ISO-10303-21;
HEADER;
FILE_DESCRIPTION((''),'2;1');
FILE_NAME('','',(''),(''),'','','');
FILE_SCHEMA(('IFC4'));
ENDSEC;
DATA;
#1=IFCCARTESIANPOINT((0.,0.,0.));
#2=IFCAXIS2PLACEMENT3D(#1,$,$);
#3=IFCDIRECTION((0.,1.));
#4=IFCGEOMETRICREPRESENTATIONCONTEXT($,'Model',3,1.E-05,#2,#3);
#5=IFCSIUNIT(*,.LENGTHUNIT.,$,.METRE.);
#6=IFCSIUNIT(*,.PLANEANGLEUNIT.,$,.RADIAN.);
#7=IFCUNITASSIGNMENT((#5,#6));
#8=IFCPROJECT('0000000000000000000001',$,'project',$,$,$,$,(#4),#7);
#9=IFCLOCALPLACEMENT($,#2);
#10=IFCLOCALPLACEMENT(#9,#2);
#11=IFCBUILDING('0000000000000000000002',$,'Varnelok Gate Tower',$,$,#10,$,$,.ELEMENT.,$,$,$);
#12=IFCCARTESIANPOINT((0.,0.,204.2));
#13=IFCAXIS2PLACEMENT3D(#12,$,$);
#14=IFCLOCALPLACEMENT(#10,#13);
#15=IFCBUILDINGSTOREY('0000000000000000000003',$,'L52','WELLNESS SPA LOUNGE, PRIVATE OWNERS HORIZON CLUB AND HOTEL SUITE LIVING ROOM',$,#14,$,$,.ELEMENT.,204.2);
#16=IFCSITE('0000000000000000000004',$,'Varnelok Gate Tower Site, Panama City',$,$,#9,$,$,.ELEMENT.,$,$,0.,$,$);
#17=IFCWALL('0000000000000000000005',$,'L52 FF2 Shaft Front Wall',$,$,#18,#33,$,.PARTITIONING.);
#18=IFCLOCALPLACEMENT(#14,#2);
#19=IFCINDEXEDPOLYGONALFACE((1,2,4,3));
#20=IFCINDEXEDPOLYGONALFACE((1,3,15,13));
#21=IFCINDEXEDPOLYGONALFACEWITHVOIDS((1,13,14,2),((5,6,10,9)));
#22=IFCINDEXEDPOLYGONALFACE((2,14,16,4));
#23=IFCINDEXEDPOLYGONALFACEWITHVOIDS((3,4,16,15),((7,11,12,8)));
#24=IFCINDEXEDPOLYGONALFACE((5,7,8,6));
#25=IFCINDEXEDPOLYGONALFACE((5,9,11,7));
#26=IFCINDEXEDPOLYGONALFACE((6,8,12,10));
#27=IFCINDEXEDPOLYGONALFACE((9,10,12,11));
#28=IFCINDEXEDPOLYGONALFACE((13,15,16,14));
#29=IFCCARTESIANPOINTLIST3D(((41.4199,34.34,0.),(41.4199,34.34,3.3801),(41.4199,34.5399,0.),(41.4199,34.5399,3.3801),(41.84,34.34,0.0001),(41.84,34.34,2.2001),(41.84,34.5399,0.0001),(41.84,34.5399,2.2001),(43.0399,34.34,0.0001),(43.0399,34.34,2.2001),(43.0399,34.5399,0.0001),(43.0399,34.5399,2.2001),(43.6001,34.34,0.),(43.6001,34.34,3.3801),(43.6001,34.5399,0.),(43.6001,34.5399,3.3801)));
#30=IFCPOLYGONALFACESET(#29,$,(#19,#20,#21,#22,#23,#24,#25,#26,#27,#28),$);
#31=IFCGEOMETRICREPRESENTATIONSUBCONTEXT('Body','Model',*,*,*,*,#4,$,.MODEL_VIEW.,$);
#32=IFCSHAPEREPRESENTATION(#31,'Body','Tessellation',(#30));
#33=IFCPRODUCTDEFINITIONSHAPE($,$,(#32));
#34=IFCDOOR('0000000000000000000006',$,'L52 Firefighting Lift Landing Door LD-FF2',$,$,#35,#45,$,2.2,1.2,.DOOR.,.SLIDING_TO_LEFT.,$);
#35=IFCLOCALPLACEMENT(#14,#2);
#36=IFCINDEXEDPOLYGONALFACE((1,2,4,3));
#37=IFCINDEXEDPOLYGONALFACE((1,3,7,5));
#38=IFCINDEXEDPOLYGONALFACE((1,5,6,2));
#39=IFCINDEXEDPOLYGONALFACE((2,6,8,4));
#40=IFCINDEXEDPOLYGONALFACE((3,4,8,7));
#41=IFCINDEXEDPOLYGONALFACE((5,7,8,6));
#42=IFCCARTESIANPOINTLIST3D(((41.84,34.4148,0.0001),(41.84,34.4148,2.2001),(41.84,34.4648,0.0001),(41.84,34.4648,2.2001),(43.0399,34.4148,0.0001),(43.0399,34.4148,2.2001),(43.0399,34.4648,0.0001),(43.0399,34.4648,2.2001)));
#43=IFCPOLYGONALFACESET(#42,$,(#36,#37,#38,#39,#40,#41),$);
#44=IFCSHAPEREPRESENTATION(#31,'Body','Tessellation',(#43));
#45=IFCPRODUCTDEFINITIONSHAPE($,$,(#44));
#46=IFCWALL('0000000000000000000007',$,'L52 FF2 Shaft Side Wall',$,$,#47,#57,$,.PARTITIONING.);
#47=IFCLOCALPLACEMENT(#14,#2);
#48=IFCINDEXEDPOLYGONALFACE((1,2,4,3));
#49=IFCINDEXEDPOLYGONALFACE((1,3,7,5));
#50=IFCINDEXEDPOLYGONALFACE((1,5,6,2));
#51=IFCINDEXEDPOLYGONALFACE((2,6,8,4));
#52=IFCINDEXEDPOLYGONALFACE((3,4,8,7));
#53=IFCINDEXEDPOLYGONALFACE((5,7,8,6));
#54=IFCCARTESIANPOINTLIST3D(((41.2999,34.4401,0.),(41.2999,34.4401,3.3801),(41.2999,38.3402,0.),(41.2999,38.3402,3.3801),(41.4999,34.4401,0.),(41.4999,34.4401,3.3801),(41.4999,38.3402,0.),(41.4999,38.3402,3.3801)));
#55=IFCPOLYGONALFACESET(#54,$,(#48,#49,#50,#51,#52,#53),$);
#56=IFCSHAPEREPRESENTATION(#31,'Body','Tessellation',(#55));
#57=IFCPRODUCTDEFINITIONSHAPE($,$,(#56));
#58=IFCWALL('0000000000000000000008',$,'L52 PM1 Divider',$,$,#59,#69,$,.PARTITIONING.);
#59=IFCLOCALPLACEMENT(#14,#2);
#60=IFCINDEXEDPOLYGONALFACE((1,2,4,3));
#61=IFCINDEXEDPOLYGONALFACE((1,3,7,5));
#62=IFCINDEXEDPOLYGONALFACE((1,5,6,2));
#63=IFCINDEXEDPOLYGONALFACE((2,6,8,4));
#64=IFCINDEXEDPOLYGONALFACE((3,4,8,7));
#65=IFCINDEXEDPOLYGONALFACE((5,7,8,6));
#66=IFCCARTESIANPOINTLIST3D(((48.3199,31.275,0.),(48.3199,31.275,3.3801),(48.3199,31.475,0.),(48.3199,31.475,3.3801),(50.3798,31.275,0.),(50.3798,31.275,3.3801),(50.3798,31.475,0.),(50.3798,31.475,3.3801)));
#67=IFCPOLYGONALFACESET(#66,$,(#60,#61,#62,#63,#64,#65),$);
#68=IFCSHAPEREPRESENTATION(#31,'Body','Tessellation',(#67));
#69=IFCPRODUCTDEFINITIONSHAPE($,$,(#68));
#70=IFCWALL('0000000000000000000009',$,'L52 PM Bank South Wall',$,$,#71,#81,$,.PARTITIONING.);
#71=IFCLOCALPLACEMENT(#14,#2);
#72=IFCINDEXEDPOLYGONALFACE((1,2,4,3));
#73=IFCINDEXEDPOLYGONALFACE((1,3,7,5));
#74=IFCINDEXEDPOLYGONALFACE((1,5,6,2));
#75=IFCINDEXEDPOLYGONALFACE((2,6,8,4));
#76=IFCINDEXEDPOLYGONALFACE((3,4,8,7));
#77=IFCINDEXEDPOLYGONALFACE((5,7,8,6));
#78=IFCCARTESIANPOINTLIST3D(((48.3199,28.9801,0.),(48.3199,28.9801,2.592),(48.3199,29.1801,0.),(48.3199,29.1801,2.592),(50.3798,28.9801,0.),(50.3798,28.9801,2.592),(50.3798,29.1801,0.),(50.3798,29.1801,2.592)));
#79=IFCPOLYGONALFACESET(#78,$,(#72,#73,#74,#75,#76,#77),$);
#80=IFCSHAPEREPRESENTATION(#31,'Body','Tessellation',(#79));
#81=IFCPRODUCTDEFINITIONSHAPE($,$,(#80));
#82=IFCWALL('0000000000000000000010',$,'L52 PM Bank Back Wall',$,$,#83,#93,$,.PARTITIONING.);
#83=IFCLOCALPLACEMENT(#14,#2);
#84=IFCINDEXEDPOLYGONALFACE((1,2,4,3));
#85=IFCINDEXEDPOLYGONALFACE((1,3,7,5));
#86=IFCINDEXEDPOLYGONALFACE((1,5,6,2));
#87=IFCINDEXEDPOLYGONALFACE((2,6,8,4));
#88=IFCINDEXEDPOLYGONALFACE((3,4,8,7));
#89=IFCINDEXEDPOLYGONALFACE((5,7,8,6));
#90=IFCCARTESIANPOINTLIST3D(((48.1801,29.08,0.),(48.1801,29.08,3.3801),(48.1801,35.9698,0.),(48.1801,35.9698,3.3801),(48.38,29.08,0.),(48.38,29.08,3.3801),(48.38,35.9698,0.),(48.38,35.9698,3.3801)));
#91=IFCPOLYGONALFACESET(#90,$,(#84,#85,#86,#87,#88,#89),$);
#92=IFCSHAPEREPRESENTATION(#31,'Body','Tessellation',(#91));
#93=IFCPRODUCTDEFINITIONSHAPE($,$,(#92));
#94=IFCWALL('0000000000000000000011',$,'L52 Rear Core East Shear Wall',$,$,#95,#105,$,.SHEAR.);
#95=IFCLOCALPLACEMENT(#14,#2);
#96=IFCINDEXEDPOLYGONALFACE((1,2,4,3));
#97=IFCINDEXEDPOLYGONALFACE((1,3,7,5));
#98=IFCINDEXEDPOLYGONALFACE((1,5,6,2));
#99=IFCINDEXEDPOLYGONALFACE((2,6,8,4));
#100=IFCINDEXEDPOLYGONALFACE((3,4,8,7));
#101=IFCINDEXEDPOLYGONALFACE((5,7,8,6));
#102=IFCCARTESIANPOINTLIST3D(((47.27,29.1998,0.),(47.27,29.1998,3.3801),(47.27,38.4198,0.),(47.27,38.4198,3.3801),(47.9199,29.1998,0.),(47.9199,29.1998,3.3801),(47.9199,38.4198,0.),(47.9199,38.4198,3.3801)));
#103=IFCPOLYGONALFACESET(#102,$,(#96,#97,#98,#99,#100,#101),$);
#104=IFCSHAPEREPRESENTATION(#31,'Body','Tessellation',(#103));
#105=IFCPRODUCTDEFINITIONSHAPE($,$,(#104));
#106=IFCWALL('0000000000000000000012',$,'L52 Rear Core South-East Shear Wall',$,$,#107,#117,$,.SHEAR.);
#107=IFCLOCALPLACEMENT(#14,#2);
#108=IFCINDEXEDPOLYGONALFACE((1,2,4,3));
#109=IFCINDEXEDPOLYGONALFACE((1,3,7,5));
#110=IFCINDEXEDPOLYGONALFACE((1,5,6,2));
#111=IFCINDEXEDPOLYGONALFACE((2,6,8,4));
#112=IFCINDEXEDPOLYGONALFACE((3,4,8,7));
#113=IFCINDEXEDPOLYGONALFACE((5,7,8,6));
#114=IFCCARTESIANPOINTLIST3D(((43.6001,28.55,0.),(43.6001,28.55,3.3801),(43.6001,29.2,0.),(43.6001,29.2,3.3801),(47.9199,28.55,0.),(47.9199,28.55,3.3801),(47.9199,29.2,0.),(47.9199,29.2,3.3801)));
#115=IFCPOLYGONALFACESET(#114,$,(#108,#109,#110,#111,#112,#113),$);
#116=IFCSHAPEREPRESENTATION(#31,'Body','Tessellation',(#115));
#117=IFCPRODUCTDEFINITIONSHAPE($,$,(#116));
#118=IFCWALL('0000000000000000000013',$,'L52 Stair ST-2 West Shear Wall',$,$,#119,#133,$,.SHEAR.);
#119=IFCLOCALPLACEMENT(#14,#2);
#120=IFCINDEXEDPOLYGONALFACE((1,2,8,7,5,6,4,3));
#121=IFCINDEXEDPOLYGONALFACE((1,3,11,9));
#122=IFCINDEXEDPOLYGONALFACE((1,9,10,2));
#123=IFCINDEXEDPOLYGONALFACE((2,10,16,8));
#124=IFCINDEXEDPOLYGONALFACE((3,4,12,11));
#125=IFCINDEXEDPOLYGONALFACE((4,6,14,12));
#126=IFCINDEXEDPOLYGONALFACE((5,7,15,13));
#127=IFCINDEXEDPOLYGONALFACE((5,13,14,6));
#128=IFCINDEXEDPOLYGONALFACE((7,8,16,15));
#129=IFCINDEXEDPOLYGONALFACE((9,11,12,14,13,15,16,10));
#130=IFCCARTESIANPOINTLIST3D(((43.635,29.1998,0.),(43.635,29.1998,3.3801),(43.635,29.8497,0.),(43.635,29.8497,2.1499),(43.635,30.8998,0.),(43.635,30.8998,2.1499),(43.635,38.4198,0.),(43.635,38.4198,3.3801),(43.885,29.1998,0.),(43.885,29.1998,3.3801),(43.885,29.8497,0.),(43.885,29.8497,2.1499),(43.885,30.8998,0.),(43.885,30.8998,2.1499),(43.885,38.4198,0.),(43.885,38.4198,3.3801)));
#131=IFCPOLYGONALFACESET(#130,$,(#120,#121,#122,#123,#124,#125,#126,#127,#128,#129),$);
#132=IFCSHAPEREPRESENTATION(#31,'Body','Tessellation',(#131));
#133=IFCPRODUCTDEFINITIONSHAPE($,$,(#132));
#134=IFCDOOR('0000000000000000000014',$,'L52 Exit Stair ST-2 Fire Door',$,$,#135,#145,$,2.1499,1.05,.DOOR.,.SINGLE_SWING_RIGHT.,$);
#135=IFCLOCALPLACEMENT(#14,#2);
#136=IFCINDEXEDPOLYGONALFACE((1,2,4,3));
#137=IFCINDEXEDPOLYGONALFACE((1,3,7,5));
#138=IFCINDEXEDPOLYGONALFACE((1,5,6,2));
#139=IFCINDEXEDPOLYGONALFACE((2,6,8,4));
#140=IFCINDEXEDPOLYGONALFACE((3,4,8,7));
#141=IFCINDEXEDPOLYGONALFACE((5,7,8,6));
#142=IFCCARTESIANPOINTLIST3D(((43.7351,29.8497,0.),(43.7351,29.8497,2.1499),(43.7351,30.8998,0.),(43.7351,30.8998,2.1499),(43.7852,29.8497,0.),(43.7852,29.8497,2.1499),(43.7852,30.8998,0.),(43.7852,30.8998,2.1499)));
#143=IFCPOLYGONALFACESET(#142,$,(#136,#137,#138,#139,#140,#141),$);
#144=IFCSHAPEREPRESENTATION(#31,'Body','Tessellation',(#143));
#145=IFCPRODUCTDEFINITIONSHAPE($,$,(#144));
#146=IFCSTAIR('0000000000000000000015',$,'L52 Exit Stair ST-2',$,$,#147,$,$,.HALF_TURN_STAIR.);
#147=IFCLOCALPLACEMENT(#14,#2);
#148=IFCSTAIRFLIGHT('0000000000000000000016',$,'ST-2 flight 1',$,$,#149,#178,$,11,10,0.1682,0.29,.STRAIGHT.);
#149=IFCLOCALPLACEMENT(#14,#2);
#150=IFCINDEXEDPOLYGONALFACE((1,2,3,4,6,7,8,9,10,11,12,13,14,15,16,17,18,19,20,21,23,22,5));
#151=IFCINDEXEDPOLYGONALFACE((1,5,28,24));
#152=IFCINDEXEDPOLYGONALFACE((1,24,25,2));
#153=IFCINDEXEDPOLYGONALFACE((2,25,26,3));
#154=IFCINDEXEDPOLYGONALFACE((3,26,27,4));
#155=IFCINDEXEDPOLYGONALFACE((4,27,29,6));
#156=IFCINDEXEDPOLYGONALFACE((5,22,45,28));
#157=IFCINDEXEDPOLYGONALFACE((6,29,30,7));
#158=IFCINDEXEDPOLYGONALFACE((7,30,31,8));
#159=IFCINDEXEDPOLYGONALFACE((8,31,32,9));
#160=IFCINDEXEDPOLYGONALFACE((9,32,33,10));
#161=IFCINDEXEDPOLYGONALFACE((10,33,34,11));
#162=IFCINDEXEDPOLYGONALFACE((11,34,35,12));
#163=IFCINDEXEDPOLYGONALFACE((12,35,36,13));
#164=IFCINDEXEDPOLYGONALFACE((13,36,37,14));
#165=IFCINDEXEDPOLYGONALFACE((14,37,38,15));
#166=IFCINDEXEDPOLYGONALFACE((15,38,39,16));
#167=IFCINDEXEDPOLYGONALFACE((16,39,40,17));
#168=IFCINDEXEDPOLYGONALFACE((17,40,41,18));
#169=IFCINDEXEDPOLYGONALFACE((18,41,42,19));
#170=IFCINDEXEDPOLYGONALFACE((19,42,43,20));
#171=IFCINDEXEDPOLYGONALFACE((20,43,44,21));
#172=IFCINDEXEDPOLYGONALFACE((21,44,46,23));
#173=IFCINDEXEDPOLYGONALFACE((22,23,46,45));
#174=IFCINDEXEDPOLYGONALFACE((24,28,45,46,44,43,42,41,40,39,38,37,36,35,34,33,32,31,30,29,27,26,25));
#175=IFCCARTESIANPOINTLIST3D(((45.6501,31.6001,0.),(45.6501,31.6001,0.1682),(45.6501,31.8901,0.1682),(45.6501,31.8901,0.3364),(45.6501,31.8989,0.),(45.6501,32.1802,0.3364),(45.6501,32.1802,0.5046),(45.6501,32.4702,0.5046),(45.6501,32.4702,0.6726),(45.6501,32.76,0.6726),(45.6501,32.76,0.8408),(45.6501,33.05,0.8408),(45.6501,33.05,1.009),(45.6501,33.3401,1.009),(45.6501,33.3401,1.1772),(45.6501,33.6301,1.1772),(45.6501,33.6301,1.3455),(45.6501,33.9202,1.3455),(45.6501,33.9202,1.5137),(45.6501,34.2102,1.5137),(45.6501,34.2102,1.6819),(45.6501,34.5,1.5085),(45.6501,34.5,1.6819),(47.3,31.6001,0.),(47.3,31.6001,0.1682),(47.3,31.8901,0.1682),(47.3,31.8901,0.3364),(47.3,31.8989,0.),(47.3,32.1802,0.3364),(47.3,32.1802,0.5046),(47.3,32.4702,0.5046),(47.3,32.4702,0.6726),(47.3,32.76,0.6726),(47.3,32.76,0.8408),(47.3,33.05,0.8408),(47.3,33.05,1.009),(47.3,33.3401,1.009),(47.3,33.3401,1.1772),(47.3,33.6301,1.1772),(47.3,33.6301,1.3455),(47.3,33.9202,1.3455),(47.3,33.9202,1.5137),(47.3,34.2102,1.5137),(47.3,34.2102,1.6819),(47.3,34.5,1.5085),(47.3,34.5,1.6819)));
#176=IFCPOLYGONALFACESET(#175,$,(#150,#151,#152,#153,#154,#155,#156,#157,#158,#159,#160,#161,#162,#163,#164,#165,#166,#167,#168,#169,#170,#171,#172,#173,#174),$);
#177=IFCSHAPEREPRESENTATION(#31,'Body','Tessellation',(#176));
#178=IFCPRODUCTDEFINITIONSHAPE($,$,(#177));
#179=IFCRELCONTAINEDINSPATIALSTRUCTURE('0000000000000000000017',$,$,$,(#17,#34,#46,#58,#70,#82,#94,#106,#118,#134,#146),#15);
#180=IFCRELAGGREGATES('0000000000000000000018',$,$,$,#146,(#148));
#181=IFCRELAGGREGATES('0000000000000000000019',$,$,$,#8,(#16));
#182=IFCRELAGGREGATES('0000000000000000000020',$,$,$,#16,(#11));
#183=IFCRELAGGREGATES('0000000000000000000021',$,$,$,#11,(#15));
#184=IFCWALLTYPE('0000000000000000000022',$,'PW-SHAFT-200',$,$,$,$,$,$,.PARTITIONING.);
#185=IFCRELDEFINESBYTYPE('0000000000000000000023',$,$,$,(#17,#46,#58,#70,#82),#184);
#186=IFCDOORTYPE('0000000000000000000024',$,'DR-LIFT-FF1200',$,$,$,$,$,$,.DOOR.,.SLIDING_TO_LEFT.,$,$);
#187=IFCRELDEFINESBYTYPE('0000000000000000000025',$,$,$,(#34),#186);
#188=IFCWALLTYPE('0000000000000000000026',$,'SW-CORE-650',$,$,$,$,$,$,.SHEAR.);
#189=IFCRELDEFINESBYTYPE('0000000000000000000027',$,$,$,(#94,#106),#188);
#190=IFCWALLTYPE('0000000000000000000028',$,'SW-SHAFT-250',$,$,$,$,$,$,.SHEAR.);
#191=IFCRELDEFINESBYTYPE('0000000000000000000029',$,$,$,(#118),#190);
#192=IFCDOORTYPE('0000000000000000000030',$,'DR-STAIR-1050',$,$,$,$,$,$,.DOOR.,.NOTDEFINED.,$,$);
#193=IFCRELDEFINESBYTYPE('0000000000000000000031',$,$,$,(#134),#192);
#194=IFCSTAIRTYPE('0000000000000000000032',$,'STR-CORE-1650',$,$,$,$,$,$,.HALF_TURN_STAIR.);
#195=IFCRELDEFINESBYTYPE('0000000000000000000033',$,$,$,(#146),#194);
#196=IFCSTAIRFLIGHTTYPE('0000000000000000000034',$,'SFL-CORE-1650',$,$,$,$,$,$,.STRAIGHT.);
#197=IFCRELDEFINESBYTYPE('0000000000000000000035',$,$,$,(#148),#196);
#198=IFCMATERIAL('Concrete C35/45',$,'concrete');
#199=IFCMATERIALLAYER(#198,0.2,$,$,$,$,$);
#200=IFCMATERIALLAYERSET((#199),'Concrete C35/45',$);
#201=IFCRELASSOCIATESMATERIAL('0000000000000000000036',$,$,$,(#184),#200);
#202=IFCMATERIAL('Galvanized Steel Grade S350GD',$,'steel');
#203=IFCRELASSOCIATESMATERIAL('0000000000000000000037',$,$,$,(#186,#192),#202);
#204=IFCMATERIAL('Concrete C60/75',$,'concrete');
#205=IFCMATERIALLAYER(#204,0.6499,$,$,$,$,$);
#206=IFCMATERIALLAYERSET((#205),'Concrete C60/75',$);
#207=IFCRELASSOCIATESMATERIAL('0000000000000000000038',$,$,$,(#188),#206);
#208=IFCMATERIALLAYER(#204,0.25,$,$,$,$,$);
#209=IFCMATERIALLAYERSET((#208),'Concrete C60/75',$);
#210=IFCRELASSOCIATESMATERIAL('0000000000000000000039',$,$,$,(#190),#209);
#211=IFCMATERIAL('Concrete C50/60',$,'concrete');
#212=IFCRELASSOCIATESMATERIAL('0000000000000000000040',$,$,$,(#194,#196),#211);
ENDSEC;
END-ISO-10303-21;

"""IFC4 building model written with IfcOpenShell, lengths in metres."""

from ifc_helpers import new_model, si_unit, direction, frame, frame_2d, origin, place, context, subcontext, project, spatial, polyline, rectangle, outline, extrude, material, layer, layer_set, type_object, element, fill, aggregate, save


model = new_model("IFC4")

# Units and contexts
model_context = context("Model", 3, precision=1e-05, world=origin(), true_north=direction((0.0, 1.0)))
body_context = subcontext(model_context, "Body", "Model", "MODEL_VIEW")
ifc_project = project(units=[si_unit("LENGTHUNIT", "METRE"), si_unit("PLANEANGLEUNIT", "RADIAN")], contexts=[model_context])

# Site, building, storey
site_placement = place(None, origin())
site = spatial("IfcSite", under=ifc_project, at=site_placement, Name="Varnelok Gate Tower Site, Panama City", CompositionType="ELEMENT", RefElevation=0.0)
building_placement = place(site_placement, origin())
building = spatial("IfcBuilding", under=site, at=building_placement, Name="Varnelok Gate Tower", CompositionType="ELEMENT")
storey_placement = place(building_placement, frame((0.0, 0.0, 204.2)))
storey = spatial("IfcBuildingStorey", under=building, at=storey_placement, Name="L52", Description="WELLNESS SPA LOUNGE, PRIVATE OWNERS HORIZON CLUB AND HOTEL SUITE LIVING ROOM", CompositionType="ELEMENT", Elevation=204.2)

# Shared definitions
ifc_material_1 = material(Name="Concrete C60/75", Category="concrete")

# Shared definitions
ifc_material_2 = material(Name="Galvanized Steel Grade S350GD", Category="steel")

# Shared definitions
ifc_material_3 = material(Name="Concrete C35/45", Category="concrete")
ifc_layer_1 = layer(ifc_material_3, 0.2)
ifc_layer_set_1 = layer_set([ifc_layer_1], Name="Concrete C35/45")
wall_type_1 = type_object("IfcWallType", Name="PW-SHAFT-200", PredefinedType="PARTITIONING", material=ifc_layer_set_1)

# Wall, opening, door
wall_1_placement = place(storey_placement, frame((41.4199, 34.4399, 0.0), z_axis=(0.0, 0.0, 1.0), x_axis=(1.0, 0.0, 0.0)))
wall_1 = element("IfcWall", 1, at=wall_1_placement, inside=storey, type_object=wall_type_1, Name="L52 FF2 Shaft Front Wall", PredefinedType="PARTITIONING", context=body_context, shape_type="SweptSolid", body=[
    extrude(rectangle(XDim=2.1802, YDim=0.2, at=frame_2d((1.0901, 0.0))), origin(), (0.0, 0.0, 1.0), 3.3801),
])
opening_1_placement = place(wall_1_placement, frame((0.4199, 0.0, 0.0)))
opening_1 = element("IfcOpeningElement", 2, at=opening_1_placement, cuts=wall_1, PredefinedType="OPENING", context=body_context, shape_type="SweptSolid", body=[
    extrude(rectangle(XDim=1.2, YDim=2.2, at=frame_2d((0.6001, 1.1001))), frame((0.0, 0.1099, 0.0), z_axis=(0.0, -1.0, 0.0), x_axis=(1.0, 0.0, 0.0)), (0.0, 0.0, 1.0), 0.22),
])
door_type_1 = type_object("IfcDoorType", Name="DR-LIFT-FF1200", OperationType="SLIDING_TO_LEFT", PredefinedType="DOOR", material=ifc_material_2)
door_1_placement = place(opening_1_placement, origin())
door_1 = element("IfcDoor", 3, at=door_1_placement, inside=storey, type_object=door_type_1, Name="L52 Firefighting Lift Landing Door LD-FF2", OperationType="SLIDING_TO_LEFT", OverallHeight=2.2, OverallWidth=1.2, PredefinedType="DOOR", context=body_context, shape_type="SweptSolid", body=[
    extrude(rectangle(XDim=1.2, YDim=2.2, at=frame_2d((0.6001, 1.1001))), frame((0.0, 0.0249, 0.0), z_axis=(0.0, -1.0, 0.0), x_axis=(1.0, 0.0, 0.0)), (0.0, 0.0, 1.0), 0.05),
])
fill(opening_1, door_1)

# Walls
wall_2_placement = place(storey_placement, frame((41.3999, 34.4399, 0.0), z_axis=(0.0, 0.0, 1.0), x_axis=(0.0, 1.0, 0.0)))
element("IfcWall", 4, at=wall_2_placement, inside=storey, type_object=wall_type_1, Name="L52 FF2 Shaft Side Wall", PredefinedType="PARTITIONING", context=body_context, shape_type="SweptSolid", body=[
    extrude(rectangle(XDim=3.9001, YDim=0.2, at=frame_2d((1.9502, 0.0))), origin(), (0.0, 0.0, 1.0), 3.3801),
])
wall_3_placement = place(storey_placement, frame((48.3201, 31.375, 0.0), z_axis=(0.0, 0.0, 1.0), x_axis=(1.0, 0.0, 0.0)))
element("IfcWall", 5, at=wall_3_placement, inside=storey, type_object=wall_type_1, Name="L52 PM1 Divider", PredefinedType="PARTITIONING", context=body_context, shape_type="SweptSolid", body=[
    extrude(rectangle(XDim=2.0598, YDim=0.2, at=frame_2d((1.0298, 0.0))), origin(), (0.0, 0.0, 1.0), 3.3801),
])
wall_4_placement = place(storey_placement, frame((48.3201, 29.0801, 0.0), z_axis=(0.0, 0.0, 1.0), x_axis=(1.0, 0.0, 0.0)))
element("IfcWall", 6, at=wall_4_placement, inside=storey, type_object=wall_type_1, Name="L52 PM Bank South Wall", PredefinedType="PARTITIONING", context=body_context, shape_type="SweptSolid", body=[
    extrude(rectangle(XDim=2.0598, YDim=0.2, at=frame_2d((1.0298, 0.0))), origin(), (0.0, 0.0, 1.0), 2.592),
])
wall_5_placement = place(storey_placement, frame((48.28, 29.0801, 0.0), z_axis=(0.0, 0.0, 1.0), x_axis=(0.0, 1.0, 0.0)))
element("IfcWall", 7, at=wall_5_placement, inside=storey, type_object=wall_type_1, Name="L52 PM Bank Back Wall", PredefinedType="PARTITIONING", context=body_context, shape_type="SweptSolid", body=[
    extrude(rectangle(XDim=6.8899, YDim=0.2, at=frame_2d((3.4448, 0.0))), origin(), (0.0, 0.0, 1.0), 3.3801),
])
ifc_layer_2 = layer(ifc_material_1, 0.6499)
ifc_layer_set_2 = layer_set([ifc_layer_2], Name="Concrete C60/75")
wall_type_2 = type_object("IfcWallType", Name="SW-CORE-650", PredefinedType="SHEAR", material=ifc_layer_set_2)
wall_6_placement = place(storey_placement, frame((47.595, 29.2, 0.0), z_axis=(0.0, 0.0, 1.0), x_axis=(0.0, 1.0, 0.0)))
element("IfcWall", 8, at=wall_6_placement, inside=storey, type_object=wall_type_2, Name="L52 Rear Core East Shear Wall", PredefinedType="SHEAR", context=body_context, shape_type="SweptSolid", body=[
    extrude(rectangle(XDim=9.22, YDim=0.6499, at=frame_2d((4.6099, 0.0))), origin(), (0.0, 0.0, 1.0), 3.3801),
])
wall_7_placement = place(storey_placement, frame((43.6001, 28.875, 0.0), z_axis=(0.0, 0.0, 1.0), x_axis=(1.0, 0.0, 0.0)))
element("IfcWall", 9, at=wall_7_placement, inside=storey, type_object=wall_type_2, Name="L52 Rear Core South-East Shear Wall", PredefinedType="SHEAR", context=body_context, shape_type="SweptSolid", body=[
    extrude(rectangle(XDim=4.3198, YDim=0.6499, at=frame_2d((2.1599, 0.0))), origin(), (0.0, 0.0, 1.0), 3.3801),
])

# Wall, opening, door
ifc_layer_3 = layer(ifc_material_1, 0.25)
ifc_layer_set_3 = layer_set([ifc_layer_3], Name="Concrete C60/75")
wall_type_3 = type_object("IfcWallType", Name="SW-SHAFT-250", PredefinedType="SHEAR", material=ifc_layer_set_3)
wall_8_placement = place(storey_placement, frame((43.76, 29.2, 0.0), z_axis=(0.0, 0.0, 1.0), x_axis=(0.0, 1.0, 0.0)))
wall_8 = element("IfcWall", 10, at=wall_8_placement, inside=storey, type_object=wall_type_3, Name="L52 Stair ST-2 West Shear Wall", PredefinedType="SHEAR", context=body_context, shape_type="SweptSolid", body=[
    extrude(rectangle(XDim=9.22, YDim=0.25, at=frame_2d((4.6099, 0.0))), origin(), (0.0, 0.0, 1.0), 3.3801),
])
opening_2_placement = place(wall_8_placement, frame((0.6499, 0.0, 0.0)))
opening_2 = element("IfcOpeningElement", 11, at=opening_2_placement, cuts=wall_8, PredefinedType="OPENING", context=body_context, shape_type="SweptSolid", body=[
    extrude(rectangle(XDim=1.05, YDim=2.1499, at=frame_2d((0.5249, 1.075))), frame((0.0, 0.135, 0.0), z_axis=(0.0, -1.0, 0.0), x_axis=(1.0, 0.0, 0.0)), (0.0, 0.0, 1.0), 0.27),
])
door_type_2 = type_object("IfcDoorType", Name="DR-STAIR-1050", OperationType="NOTDEFINED", PredefinedType="DOOR", material=ifc_material_2)
door_2_placement = place(opening_2_placement, origin())
door_2 = element("IfcDoor", 12, at=door_2_placement, inside=storey, type_object=door_type_2, Name="L52 Exit Stair ST-2 Fire Door", OperationType="SINGLE_SWING_RIGHT", OverallHeight=2.1499, OverallWidth=1.05, PredefinedType="DOOR", context=body_context, shape_type="SweptSolid", body=[
    extrude(rectangle(XDim=1.05, YDim=2.1499, at=frame_2d((0.5249, 1.075))), frame((0.0, 0.0249, 0.0), z_axis=(0.0, -1.0, 0.0), x_axis=(1.0, 0.0, 0.0)), (0.0, 0.0, 1.0), 0.05),
])
fill(opening_2, door_2)

# Stair, stair flight
ifc_material_4 = material(Name="Concrete C50/60", Category="concrete")
stair_type = type_object("IfcStairType", Name="STR-CORE-1650", PredefinedType="HALF_TURN_STAIR", material=ifc_material_4)
stair_placement = place(storey_placement, origin())
stair = element("IfcStair", 13, at=stair_placement, inside=storey, type_object=stair_type, Name="L52 Exit Stair ST-2", PredefinedType="HALF_TURN_STAIR")
stair_flight_type = type_object("IfcStairFlightType", Name="SFL-CORE-1650", PredefinedType="STRAIGHT", material=ifc_material_4)
stair_flight_placement = place(storey_placement, frame((46.4751, 31.6001, 0.0), z_axis=(0.0, 0.0, 1.0), x_axis=(0.0, 1.0, 0.0)))
stair_flight = element("IfcStairFlight", 14, at=stair_flight_placement, type_object=stair_flight_type, Name="ST-2 flight 1", NumberOfRisers=11, NumberOfTreads=10, PredefinedType="STRAIGHT", RiserHeight=0.1682, TreadLength=0.29, context=body_context, shape_type="SweptSolid", body=[
    extrude(outline(polyline([(0.0, 0.0), (0.0, 0.1682), (0.29, 0.1682), (0.29, 0.3364), (0.5801, 0.3364), (0.5801, 0.5046), (0.8701, 0.5046), (0.8701, 0.6726), (1.1599, 0.6726), (1.1599, 0.8408), (1.45, 0.8408), (1.45, 1.009), (1.74, 1.009), (1.74, 1.1772), (2.03, 1.1772), (2.03, 1.3455), (2.3201, 1.3455), (2.3201, 1.5137), (2.6101, 1.5137), (2.6101, 1.6819), (2.8999, 1.6819), (2.8999, 1.8501), (2.8999, 1.5085), (0.2988, 0.0), (0.0, 0.0)])), frame((0.0, 0.825, 0.0), z_axis=(0.0, -1.0, 0.0), x_axis=(1.0, 0.0, 0.0)), (0.0, 0.0, 1.0), 1.6499),
])
aggregate(stair, [stair_flight])

save(model, "model.ifc")
